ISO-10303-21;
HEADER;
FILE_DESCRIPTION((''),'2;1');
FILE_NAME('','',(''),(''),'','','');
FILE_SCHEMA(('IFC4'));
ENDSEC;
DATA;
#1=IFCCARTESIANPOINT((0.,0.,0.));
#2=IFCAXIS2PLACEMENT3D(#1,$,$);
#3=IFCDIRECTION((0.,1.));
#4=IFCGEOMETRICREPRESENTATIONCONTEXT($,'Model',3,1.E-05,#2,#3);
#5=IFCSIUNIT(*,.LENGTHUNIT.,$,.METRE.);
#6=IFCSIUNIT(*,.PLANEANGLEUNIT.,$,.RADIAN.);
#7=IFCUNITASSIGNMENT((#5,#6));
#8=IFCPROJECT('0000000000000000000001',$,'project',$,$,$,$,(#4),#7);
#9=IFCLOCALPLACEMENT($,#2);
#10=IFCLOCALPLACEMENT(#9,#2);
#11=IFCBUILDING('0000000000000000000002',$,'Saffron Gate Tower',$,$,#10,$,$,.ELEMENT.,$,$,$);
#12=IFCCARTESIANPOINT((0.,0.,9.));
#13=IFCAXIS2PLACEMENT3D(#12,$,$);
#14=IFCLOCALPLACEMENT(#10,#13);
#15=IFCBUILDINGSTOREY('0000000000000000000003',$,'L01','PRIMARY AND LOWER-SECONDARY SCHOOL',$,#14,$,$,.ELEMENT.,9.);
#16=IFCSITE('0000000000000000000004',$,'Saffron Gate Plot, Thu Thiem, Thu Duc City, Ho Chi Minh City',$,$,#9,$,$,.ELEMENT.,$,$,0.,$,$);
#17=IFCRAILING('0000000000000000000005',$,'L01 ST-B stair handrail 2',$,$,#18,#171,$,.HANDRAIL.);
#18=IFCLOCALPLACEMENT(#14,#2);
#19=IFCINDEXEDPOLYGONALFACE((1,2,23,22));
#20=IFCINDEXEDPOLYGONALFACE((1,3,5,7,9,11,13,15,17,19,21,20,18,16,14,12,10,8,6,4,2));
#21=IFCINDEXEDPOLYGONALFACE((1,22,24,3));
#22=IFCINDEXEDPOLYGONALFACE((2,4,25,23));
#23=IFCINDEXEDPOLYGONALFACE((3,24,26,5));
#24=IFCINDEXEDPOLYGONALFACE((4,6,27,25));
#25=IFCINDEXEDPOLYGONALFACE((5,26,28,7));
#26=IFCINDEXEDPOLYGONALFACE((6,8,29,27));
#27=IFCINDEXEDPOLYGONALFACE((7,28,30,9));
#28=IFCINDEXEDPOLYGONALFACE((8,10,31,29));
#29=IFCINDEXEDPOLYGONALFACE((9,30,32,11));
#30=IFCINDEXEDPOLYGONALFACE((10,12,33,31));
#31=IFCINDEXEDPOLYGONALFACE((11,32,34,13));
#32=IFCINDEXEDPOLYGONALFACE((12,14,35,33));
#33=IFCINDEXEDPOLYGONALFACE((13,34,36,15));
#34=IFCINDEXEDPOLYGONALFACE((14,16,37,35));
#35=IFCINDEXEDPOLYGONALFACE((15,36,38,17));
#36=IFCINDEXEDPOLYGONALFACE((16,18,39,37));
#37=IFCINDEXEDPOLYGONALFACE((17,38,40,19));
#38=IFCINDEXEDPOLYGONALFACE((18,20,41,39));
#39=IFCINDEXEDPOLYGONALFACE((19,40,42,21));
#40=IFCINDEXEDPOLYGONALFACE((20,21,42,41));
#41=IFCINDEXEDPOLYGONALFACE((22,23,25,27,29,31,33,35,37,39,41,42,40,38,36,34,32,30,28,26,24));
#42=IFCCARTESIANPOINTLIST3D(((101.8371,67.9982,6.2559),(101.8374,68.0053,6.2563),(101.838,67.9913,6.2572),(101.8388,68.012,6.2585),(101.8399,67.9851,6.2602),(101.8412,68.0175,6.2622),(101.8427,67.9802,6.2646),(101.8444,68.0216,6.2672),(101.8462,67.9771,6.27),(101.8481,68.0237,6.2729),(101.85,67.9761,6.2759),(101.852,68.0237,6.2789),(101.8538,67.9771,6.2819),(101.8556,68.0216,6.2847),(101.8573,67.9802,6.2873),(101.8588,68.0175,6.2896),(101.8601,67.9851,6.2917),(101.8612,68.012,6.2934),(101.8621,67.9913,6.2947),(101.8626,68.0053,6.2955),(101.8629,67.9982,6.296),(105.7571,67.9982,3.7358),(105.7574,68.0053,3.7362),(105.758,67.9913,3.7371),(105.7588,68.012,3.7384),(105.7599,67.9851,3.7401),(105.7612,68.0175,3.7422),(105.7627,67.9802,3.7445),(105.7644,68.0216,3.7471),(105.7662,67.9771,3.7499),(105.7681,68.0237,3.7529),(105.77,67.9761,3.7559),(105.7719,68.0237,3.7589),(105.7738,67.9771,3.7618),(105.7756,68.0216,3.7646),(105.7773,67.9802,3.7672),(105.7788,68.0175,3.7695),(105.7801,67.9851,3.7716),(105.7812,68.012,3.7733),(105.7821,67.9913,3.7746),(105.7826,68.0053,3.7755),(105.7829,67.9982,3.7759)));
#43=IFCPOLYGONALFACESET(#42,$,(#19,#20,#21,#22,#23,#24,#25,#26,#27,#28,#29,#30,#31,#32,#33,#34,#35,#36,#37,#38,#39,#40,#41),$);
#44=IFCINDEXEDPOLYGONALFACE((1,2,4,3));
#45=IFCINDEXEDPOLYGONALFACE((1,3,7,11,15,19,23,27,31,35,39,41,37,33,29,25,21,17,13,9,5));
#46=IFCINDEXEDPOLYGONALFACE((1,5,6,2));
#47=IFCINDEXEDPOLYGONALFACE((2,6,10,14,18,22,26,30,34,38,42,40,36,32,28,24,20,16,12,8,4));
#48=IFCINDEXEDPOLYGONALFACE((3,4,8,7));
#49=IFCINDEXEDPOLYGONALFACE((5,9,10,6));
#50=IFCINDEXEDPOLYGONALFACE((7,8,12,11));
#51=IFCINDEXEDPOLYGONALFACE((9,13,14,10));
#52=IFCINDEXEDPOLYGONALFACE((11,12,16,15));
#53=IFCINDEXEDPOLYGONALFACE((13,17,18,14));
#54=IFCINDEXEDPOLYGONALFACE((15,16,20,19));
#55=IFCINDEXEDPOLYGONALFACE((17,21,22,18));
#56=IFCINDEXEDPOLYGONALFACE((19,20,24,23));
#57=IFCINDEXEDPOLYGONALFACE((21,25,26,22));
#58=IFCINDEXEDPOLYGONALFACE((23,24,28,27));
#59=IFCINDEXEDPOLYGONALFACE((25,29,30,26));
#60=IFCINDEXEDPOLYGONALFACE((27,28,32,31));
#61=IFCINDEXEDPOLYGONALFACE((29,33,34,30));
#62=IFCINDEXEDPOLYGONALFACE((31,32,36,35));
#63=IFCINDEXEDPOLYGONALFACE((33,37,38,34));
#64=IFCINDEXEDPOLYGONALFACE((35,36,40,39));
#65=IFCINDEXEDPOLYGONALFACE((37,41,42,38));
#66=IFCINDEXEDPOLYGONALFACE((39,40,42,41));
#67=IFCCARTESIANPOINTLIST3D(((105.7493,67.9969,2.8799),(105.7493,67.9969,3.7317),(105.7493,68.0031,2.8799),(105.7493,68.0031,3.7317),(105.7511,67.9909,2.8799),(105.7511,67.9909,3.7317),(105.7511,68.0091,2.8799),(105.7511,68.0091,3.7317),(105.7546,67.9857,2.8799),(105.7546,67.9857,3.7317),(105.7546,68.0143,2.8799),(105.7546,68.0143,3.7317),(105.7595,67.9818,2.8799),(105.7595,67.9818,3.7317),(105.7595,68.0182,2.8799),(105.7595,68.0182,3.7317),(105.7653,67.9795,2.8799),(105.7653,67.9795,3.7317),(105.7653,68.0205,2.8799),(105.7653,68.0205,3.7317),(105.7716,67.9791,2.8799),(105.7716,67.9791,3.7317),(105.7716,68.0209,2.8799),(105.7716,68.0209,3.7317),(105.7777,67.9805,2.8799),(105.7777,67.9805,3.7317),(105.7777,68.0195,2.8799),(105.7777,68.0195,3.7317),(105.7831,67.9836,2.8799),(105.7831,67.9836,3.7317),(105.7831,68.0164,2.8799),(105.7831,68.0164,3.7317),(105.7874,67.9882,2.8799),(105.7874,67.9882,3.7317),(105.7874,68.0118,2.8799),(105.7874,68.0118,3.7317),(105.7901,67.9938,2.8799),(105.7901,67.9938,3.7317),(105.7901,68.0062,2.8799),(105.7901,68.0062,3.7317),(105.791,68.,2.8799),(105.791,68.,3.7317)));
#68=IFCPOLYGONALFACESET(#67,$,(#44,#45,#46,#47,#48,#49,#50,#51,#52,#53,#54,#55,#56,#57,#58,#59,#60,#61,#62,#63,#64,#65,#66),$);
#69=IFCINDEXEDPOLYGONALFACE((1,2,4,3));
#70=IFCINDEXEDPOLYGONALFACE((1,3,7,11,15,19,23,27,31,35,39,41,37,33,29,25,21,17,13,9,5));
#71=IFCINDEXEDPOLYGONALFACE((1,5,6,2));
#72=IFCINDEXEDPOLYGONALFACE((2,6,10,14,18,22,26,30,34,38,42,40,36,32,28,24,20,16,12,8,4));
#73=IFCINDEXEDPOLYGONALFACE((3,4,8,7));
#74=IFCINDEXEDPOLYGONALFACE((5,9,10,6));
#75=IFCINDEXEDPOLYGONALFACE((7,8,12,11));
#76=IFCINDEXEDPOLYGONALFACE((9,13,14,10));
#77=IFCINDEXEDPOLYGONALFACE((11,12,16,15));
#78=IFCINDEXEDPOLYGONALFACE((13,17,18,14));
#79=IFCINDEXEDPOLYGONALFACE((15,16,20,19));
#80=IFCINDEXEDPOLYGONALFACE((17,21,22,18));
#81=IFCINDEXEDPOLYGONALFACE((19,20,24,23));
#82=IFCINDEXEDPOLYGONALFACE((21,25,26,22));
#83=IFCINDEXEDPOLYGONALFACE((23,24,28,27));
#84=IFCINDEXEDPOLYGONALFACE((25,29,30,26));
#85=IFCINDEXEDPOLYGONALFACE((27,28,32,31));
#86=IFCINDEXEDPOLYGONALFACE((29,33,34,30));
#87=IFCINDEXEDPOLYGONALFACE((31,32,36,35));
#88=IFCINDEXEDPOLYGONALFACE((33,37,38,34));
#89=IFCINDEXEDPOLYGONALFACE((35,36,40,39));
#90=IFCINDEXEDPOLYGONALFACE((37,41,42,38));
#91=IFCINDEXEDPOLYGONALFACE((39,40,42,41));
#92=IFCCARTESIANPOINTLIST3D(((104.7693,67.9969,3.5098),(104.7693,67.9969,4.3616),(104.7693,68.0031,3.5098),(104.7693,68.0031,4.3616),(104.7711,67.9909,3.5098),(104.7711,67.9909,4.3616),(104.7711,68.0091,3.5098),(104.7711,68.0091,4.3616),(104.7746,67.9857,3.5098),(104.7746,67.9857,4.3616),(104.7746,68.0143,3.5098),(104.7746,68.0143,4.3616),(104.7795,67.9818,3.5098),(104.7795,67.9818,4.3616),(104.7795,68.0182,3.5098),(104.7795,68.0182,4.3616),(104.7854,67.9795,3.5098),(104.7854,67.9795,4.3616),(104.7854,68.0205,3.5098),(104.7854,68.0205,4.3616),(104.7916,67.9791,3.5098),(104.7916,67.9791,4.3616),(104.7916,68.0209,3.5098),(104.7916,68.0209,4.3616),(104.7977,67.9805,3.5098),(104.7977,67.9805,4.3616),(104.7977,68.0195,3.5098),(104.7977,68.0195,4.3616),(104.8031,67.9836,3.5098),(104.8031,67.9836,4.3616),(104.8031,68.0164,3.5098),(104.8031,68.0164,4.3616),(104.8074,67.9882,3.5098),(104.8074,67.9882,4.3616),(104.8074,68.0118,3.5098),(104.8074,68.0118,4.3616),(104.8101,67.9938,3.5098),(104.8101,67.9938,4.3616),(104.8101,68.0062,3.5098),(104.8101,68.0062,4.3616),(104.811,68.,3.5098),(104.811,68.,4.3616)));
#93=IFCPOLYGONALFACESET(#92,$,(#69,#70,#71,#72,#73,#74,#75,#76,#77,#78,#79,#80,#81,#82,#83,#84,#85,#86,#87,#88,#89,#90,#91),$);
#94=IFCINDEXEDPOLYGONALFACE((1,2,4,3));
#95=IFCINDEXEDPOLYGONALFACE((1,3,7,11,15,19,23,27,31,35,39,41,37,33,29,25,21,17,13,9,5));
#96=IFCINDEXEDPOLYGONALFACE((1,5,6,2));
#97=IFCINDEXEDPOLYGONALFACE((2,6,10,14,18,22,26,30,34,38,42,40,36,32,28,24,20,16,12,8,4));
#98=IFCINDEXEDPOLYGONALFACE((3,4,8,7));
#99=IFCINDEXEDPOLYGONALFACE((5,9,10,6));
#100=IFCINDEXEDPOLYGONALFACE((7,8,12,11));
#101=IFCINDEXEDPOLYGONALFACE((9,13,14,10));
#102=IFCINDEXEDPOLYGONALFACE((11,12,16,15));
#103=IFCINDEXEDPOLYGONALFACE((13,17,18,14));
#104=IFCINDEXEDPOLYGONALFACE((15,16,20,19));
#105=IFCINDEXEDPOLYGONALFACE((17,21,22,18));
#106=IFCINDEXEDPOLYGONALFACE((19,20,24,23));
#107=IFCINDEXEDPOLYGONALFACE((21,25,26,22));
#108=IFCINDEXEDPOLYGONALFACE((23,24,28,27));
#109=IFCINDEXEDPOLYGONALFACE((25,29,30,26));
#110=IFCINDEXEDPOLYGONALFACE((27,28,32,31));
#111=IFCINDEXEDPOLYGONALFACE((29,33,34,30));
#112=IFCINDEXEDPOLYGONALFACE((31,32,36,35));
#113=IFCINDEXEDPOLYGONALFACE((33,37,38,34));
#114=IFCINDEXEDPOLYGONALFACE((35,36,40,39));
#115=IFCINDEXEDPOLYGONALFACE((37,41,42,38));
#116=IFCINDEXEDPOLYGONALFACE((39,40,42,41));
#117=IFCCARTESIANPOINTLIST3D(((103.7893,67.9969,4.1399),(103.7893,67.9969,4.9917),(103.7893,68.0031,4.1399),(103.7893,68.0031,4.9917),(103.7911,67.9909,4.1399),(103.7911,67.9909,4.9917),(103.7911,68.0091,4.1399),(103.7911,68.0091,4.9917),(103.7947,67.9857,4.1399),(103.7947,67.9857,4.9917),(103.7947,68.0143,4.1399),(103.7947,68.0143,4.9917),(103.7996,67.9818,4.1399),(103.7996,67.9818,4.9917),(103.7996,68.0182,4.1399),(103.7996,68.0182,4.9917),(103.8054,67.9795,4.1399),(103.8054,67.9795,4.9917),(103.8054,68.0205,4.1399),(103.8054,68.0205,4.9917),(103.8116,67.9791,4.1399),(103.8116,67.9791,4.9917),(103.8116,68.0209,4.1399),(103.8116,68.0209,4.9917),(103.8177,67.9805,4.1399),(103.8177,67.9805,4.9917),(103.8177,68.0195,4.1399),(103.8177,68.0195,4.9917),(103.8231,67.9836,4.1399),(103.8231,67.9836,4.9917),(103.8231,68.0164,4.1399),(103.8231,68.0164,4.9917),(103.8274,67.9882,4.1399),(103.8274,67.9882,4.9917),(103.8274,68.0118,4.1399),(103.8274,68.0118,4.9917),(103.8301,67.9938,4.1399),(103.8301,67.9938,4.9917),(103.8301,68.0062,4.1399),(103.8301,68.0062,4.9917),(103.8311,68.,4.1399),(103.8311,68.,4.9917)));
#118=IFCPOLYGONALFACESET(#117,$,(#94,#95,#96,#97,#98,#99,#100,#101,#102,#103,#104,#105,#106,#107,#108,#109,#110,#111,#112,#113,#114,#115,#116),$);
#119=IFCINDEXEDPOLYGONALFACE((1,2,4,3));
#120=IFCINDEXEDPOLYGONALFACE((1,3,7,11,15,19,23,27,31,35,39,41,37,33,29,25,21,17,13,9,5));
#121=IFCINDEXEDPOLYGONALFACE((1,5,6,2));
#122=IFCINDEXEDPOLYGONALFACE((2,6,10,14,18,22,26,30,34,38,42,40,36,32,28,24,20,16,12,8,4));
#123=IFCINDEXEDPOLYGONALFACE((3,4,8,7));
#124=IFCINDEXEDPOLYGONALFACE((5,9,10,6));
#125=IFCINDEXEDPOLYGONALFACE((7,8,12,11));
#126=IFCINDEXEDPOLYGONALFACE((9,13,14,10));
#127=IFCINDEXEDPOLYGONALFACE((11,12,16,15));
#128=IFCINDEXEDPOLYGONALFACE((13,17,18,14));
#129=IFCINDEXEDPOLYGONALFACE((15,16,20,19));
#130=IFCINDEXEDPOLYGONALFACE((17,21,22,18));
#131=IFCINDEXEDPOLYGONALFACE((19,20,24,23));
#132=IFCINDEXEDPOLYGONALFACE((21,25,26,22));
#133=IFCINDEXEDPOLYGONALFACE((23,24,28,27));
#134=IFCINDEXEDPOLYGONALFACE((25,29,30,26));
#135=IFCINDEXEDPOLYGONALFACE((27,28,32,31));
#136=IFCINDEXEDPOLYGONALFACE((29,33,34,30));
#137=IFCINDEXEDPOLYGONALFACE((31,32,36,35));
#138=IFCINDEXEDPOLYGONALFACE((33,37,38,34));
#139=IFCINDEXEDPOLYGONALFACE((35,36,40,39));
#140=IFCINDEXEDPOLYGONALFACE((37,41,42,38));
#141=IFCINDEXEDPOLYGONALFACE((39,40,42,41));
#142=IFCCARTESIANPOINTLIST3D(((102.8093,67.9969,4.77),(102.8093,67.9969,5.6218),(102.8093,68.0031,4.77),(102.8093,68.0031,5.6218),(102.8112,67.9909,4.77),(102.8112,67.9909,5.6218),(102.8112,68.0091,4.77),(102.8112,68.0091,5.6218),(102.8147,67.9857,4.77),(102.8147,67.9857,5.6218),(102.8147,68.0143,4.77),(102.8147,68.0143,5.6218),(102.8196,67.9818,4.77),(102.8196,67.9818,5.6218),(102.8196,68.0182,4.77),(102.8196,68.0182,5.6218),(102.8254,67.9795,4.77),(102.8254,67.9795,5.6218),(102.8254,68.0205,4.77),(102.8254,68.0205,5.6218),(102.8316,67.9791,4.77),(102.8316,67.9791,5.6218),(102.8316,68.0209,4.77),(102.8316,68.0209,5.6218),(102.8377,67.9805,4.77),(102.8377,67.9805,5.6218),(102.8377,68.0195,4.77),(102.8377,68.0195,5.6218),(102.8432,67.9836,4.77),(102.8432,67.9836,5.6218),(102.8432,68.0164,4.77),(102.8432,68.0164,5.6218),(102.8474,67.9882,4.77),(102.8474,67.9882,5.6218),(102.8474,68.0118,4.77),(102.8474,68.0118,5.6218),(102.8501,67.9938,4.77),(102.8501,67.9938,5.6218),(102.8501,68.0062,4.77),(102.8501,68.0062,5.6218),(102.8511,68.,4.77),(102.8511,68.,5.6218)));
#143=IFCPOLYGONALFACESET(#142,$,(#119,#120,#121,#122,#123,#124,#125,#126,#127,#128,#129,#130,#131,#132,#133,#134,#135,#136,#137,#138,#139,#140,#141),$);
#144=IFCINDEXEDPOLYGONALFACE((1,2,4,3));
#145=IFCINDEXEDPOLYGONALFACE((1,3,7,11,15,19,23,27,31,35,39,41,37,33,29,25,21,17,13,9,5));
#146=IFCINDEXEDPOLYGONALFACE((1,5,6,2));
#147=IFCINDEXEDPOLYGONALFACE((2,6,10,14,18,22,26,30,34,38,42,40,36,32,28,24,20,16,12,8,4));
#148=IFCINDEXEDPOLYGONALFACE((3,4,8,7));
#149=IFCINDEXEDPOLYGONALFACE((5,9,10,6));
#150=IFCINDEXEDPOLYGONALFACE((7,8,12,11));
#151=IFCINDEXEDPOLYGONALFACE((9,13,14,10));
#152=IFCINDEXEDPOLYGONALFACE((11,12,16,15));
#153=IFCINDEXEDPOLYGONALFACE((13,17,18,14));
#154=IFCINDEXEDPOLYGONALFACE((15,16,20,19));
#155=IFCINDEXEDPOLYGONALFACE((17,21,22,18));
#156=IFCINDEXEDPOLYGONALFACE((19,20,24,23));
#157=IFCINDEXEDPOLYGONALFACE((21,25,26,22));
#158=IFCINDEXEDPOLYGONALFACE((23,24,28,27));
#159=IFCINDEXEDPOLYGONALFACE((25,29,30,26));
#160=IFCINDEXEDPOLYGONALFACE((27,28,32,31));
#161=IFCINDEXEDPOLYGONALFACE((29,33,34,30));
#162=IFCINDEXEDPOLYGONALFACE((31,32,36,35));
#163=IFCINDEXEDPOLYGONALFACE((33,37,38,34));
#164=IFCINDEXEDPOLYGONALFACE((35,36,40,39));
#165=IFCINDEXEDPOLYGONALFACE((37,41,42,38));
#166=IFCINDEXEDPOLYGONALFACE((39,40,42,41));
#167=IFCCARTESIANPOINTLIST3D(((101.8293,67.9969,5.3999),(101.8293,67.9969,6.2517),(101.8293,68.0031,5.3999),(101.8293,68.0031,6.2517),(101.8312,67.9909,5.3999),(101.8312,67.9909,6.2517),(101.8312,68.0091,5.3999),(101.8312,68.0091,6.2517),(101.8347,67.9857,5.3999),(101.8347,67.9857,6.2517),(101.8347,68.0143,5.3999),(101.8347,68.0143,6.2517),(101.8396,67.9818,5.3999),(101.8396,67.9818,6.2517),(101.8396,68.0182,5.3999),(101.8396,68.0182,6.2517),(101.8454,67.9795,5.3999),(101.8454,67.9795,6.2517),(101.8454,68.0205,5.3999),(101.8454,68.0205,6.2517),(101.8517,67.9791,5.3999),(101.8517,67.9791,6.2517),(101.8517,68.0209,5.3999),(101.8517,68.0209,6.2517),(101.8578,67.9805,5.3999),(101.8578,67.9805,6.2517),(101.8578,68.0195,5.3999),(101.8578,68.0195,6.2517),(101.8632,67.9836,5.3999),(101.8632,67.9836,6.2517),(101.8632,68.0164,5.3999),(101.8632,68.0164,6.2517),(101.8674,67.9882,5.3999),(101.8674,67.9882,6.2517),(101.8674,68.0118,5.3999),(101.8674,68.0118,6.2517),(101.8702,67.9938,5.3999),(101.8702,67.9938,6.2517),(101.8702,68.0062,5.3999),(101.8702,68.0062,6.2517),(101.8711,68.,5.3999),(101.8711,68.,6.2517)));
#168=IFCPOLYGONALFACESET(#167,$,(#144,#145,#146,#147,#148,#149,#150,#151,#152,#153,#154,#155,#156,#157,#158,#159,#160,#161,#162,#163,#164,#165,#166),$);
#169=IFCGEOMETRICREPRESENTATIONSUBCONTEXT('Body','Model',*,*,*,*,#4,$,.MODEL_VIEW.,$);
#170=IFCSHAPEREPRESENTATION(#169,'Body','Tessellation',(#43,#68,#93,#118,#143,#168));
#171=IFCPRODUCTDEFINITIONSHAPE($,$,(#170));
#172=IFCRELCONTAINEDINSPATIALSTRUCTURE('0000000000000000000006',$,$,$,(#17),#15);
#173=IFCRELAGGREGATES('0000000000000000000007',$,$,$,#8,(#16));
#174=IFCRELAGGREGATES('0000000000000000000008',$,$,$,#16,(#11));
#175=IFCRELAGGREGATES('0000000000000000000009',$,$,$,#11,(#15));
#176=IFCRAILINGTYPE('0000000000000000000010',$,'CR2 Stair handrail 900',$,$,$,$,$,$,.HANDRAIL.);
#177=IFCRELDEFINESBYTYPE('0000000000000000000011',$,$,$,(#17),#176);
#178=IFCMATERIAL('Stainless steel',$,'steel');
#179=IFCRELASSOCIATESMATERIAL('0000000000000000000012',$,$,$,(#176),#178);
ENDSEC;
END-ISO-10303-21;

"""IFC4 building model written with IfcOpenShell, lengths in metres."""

from ifc_helpers import new_model, si_unit, direction, frame, origin, origin_2d, place, context, subcontext, project, spatial, circle, extrude, material, type_object, element, save


model = new_model("IFC4")

# Units and contexts
model_context = context("Model", 3, precision=1e-05, world=origin(), true_north=direction((0.0, 1.0)))
body_context = subcontext(model_context, "Body", "Model", "MODEL_VIEW")
ifc_project = project(units=[si_unit("LENGTHUNIT", "METRE"), si_unit("PLANEANGLEUNIT", "RADIAN")], contexts=[model_context])

# Site, building, storey
site_placement = place(None, origin())
site = spatial("IfcSite", under=ifc_project, at=site_placement, Name="Saffron Gate Plot, Thu Thiem, Thu Duc City, Ho Chi Minh City", CompositionType="ELEMENT", RefElevation=0.0)
building_placement = place(site_placement, origin())
building = spatial("IfcBuilding", under=site, at=building_placement, Name="Saffron Gate Tower", CompositionType="ELEMENT")
storey_placement = place(building_placement, frame((0.0, 0.0, 9.0)))
storey = spatial("IfcBuildingStorey", under=building, at=storey_placement, Name="L01", Description="PRIMARY AND LOWER-SECONDARY SCHOOL", CompositionType="ELEMENT", Elevation=9.0)

# Railing
ifc_material_1 = material(Name="Stainless steel", Category="steel")
railing_type_1 = type_object("IfcRailingType", Name="CR2 Stair handrail 900", PredefinedType="HANDRAIL", material=ifc_material_1)
railing_1_placement = place(storey_placement, frame((105.77, 68.0, 2.8799)))
element("IfcRailing", 1, at=railing_1_placement, inside=storey, type_object=railing_type_1, Name="L01 ST-B stair handrail 2", PredefinedType="HANDRAIL", context=body_context, shape_type="SweptSolid", body=[
    extrude(circle(Radius=0.0239, at=origin_2d()), frame((0.0, 0.0, 0.876), z_axis=(-0.841172, 0.0, 0.540768), x_axis=(0.0, -1.0, 0.0)), (0.0, 0.0, 1.0), 4.6602),
    extrude(circle(Radius=0.021, at=origin_2d()), origin(), (0.0, 0.0, 1.0), 0.8518),
    extrude(circle(Radius=0.021, at=origin_2d()), frame((-0.98, 0.0, 0.6299)), (0.0, 0.0, 1.0), 0.8518),
    extrude(circle(Radius=0.021, at=origin_2d()), frame((-1.96, 0.0, 1.26)), (0.0, 0.0, 1.0), 0.8518),
    extrude(circle(Radius=0.021, at=origin_2d()), frame((-2.9399, 0.0, 1.8901)), (0.0, 0.0, 1.0), 0.8518),
    extrude(circle(Radius=0.021, at=origin_2d()), frame((-3.9199, 0.0, 2.52)), (0.0, 0.0, 1.0), 0.8518),
])

save(model, "model.ifc")
